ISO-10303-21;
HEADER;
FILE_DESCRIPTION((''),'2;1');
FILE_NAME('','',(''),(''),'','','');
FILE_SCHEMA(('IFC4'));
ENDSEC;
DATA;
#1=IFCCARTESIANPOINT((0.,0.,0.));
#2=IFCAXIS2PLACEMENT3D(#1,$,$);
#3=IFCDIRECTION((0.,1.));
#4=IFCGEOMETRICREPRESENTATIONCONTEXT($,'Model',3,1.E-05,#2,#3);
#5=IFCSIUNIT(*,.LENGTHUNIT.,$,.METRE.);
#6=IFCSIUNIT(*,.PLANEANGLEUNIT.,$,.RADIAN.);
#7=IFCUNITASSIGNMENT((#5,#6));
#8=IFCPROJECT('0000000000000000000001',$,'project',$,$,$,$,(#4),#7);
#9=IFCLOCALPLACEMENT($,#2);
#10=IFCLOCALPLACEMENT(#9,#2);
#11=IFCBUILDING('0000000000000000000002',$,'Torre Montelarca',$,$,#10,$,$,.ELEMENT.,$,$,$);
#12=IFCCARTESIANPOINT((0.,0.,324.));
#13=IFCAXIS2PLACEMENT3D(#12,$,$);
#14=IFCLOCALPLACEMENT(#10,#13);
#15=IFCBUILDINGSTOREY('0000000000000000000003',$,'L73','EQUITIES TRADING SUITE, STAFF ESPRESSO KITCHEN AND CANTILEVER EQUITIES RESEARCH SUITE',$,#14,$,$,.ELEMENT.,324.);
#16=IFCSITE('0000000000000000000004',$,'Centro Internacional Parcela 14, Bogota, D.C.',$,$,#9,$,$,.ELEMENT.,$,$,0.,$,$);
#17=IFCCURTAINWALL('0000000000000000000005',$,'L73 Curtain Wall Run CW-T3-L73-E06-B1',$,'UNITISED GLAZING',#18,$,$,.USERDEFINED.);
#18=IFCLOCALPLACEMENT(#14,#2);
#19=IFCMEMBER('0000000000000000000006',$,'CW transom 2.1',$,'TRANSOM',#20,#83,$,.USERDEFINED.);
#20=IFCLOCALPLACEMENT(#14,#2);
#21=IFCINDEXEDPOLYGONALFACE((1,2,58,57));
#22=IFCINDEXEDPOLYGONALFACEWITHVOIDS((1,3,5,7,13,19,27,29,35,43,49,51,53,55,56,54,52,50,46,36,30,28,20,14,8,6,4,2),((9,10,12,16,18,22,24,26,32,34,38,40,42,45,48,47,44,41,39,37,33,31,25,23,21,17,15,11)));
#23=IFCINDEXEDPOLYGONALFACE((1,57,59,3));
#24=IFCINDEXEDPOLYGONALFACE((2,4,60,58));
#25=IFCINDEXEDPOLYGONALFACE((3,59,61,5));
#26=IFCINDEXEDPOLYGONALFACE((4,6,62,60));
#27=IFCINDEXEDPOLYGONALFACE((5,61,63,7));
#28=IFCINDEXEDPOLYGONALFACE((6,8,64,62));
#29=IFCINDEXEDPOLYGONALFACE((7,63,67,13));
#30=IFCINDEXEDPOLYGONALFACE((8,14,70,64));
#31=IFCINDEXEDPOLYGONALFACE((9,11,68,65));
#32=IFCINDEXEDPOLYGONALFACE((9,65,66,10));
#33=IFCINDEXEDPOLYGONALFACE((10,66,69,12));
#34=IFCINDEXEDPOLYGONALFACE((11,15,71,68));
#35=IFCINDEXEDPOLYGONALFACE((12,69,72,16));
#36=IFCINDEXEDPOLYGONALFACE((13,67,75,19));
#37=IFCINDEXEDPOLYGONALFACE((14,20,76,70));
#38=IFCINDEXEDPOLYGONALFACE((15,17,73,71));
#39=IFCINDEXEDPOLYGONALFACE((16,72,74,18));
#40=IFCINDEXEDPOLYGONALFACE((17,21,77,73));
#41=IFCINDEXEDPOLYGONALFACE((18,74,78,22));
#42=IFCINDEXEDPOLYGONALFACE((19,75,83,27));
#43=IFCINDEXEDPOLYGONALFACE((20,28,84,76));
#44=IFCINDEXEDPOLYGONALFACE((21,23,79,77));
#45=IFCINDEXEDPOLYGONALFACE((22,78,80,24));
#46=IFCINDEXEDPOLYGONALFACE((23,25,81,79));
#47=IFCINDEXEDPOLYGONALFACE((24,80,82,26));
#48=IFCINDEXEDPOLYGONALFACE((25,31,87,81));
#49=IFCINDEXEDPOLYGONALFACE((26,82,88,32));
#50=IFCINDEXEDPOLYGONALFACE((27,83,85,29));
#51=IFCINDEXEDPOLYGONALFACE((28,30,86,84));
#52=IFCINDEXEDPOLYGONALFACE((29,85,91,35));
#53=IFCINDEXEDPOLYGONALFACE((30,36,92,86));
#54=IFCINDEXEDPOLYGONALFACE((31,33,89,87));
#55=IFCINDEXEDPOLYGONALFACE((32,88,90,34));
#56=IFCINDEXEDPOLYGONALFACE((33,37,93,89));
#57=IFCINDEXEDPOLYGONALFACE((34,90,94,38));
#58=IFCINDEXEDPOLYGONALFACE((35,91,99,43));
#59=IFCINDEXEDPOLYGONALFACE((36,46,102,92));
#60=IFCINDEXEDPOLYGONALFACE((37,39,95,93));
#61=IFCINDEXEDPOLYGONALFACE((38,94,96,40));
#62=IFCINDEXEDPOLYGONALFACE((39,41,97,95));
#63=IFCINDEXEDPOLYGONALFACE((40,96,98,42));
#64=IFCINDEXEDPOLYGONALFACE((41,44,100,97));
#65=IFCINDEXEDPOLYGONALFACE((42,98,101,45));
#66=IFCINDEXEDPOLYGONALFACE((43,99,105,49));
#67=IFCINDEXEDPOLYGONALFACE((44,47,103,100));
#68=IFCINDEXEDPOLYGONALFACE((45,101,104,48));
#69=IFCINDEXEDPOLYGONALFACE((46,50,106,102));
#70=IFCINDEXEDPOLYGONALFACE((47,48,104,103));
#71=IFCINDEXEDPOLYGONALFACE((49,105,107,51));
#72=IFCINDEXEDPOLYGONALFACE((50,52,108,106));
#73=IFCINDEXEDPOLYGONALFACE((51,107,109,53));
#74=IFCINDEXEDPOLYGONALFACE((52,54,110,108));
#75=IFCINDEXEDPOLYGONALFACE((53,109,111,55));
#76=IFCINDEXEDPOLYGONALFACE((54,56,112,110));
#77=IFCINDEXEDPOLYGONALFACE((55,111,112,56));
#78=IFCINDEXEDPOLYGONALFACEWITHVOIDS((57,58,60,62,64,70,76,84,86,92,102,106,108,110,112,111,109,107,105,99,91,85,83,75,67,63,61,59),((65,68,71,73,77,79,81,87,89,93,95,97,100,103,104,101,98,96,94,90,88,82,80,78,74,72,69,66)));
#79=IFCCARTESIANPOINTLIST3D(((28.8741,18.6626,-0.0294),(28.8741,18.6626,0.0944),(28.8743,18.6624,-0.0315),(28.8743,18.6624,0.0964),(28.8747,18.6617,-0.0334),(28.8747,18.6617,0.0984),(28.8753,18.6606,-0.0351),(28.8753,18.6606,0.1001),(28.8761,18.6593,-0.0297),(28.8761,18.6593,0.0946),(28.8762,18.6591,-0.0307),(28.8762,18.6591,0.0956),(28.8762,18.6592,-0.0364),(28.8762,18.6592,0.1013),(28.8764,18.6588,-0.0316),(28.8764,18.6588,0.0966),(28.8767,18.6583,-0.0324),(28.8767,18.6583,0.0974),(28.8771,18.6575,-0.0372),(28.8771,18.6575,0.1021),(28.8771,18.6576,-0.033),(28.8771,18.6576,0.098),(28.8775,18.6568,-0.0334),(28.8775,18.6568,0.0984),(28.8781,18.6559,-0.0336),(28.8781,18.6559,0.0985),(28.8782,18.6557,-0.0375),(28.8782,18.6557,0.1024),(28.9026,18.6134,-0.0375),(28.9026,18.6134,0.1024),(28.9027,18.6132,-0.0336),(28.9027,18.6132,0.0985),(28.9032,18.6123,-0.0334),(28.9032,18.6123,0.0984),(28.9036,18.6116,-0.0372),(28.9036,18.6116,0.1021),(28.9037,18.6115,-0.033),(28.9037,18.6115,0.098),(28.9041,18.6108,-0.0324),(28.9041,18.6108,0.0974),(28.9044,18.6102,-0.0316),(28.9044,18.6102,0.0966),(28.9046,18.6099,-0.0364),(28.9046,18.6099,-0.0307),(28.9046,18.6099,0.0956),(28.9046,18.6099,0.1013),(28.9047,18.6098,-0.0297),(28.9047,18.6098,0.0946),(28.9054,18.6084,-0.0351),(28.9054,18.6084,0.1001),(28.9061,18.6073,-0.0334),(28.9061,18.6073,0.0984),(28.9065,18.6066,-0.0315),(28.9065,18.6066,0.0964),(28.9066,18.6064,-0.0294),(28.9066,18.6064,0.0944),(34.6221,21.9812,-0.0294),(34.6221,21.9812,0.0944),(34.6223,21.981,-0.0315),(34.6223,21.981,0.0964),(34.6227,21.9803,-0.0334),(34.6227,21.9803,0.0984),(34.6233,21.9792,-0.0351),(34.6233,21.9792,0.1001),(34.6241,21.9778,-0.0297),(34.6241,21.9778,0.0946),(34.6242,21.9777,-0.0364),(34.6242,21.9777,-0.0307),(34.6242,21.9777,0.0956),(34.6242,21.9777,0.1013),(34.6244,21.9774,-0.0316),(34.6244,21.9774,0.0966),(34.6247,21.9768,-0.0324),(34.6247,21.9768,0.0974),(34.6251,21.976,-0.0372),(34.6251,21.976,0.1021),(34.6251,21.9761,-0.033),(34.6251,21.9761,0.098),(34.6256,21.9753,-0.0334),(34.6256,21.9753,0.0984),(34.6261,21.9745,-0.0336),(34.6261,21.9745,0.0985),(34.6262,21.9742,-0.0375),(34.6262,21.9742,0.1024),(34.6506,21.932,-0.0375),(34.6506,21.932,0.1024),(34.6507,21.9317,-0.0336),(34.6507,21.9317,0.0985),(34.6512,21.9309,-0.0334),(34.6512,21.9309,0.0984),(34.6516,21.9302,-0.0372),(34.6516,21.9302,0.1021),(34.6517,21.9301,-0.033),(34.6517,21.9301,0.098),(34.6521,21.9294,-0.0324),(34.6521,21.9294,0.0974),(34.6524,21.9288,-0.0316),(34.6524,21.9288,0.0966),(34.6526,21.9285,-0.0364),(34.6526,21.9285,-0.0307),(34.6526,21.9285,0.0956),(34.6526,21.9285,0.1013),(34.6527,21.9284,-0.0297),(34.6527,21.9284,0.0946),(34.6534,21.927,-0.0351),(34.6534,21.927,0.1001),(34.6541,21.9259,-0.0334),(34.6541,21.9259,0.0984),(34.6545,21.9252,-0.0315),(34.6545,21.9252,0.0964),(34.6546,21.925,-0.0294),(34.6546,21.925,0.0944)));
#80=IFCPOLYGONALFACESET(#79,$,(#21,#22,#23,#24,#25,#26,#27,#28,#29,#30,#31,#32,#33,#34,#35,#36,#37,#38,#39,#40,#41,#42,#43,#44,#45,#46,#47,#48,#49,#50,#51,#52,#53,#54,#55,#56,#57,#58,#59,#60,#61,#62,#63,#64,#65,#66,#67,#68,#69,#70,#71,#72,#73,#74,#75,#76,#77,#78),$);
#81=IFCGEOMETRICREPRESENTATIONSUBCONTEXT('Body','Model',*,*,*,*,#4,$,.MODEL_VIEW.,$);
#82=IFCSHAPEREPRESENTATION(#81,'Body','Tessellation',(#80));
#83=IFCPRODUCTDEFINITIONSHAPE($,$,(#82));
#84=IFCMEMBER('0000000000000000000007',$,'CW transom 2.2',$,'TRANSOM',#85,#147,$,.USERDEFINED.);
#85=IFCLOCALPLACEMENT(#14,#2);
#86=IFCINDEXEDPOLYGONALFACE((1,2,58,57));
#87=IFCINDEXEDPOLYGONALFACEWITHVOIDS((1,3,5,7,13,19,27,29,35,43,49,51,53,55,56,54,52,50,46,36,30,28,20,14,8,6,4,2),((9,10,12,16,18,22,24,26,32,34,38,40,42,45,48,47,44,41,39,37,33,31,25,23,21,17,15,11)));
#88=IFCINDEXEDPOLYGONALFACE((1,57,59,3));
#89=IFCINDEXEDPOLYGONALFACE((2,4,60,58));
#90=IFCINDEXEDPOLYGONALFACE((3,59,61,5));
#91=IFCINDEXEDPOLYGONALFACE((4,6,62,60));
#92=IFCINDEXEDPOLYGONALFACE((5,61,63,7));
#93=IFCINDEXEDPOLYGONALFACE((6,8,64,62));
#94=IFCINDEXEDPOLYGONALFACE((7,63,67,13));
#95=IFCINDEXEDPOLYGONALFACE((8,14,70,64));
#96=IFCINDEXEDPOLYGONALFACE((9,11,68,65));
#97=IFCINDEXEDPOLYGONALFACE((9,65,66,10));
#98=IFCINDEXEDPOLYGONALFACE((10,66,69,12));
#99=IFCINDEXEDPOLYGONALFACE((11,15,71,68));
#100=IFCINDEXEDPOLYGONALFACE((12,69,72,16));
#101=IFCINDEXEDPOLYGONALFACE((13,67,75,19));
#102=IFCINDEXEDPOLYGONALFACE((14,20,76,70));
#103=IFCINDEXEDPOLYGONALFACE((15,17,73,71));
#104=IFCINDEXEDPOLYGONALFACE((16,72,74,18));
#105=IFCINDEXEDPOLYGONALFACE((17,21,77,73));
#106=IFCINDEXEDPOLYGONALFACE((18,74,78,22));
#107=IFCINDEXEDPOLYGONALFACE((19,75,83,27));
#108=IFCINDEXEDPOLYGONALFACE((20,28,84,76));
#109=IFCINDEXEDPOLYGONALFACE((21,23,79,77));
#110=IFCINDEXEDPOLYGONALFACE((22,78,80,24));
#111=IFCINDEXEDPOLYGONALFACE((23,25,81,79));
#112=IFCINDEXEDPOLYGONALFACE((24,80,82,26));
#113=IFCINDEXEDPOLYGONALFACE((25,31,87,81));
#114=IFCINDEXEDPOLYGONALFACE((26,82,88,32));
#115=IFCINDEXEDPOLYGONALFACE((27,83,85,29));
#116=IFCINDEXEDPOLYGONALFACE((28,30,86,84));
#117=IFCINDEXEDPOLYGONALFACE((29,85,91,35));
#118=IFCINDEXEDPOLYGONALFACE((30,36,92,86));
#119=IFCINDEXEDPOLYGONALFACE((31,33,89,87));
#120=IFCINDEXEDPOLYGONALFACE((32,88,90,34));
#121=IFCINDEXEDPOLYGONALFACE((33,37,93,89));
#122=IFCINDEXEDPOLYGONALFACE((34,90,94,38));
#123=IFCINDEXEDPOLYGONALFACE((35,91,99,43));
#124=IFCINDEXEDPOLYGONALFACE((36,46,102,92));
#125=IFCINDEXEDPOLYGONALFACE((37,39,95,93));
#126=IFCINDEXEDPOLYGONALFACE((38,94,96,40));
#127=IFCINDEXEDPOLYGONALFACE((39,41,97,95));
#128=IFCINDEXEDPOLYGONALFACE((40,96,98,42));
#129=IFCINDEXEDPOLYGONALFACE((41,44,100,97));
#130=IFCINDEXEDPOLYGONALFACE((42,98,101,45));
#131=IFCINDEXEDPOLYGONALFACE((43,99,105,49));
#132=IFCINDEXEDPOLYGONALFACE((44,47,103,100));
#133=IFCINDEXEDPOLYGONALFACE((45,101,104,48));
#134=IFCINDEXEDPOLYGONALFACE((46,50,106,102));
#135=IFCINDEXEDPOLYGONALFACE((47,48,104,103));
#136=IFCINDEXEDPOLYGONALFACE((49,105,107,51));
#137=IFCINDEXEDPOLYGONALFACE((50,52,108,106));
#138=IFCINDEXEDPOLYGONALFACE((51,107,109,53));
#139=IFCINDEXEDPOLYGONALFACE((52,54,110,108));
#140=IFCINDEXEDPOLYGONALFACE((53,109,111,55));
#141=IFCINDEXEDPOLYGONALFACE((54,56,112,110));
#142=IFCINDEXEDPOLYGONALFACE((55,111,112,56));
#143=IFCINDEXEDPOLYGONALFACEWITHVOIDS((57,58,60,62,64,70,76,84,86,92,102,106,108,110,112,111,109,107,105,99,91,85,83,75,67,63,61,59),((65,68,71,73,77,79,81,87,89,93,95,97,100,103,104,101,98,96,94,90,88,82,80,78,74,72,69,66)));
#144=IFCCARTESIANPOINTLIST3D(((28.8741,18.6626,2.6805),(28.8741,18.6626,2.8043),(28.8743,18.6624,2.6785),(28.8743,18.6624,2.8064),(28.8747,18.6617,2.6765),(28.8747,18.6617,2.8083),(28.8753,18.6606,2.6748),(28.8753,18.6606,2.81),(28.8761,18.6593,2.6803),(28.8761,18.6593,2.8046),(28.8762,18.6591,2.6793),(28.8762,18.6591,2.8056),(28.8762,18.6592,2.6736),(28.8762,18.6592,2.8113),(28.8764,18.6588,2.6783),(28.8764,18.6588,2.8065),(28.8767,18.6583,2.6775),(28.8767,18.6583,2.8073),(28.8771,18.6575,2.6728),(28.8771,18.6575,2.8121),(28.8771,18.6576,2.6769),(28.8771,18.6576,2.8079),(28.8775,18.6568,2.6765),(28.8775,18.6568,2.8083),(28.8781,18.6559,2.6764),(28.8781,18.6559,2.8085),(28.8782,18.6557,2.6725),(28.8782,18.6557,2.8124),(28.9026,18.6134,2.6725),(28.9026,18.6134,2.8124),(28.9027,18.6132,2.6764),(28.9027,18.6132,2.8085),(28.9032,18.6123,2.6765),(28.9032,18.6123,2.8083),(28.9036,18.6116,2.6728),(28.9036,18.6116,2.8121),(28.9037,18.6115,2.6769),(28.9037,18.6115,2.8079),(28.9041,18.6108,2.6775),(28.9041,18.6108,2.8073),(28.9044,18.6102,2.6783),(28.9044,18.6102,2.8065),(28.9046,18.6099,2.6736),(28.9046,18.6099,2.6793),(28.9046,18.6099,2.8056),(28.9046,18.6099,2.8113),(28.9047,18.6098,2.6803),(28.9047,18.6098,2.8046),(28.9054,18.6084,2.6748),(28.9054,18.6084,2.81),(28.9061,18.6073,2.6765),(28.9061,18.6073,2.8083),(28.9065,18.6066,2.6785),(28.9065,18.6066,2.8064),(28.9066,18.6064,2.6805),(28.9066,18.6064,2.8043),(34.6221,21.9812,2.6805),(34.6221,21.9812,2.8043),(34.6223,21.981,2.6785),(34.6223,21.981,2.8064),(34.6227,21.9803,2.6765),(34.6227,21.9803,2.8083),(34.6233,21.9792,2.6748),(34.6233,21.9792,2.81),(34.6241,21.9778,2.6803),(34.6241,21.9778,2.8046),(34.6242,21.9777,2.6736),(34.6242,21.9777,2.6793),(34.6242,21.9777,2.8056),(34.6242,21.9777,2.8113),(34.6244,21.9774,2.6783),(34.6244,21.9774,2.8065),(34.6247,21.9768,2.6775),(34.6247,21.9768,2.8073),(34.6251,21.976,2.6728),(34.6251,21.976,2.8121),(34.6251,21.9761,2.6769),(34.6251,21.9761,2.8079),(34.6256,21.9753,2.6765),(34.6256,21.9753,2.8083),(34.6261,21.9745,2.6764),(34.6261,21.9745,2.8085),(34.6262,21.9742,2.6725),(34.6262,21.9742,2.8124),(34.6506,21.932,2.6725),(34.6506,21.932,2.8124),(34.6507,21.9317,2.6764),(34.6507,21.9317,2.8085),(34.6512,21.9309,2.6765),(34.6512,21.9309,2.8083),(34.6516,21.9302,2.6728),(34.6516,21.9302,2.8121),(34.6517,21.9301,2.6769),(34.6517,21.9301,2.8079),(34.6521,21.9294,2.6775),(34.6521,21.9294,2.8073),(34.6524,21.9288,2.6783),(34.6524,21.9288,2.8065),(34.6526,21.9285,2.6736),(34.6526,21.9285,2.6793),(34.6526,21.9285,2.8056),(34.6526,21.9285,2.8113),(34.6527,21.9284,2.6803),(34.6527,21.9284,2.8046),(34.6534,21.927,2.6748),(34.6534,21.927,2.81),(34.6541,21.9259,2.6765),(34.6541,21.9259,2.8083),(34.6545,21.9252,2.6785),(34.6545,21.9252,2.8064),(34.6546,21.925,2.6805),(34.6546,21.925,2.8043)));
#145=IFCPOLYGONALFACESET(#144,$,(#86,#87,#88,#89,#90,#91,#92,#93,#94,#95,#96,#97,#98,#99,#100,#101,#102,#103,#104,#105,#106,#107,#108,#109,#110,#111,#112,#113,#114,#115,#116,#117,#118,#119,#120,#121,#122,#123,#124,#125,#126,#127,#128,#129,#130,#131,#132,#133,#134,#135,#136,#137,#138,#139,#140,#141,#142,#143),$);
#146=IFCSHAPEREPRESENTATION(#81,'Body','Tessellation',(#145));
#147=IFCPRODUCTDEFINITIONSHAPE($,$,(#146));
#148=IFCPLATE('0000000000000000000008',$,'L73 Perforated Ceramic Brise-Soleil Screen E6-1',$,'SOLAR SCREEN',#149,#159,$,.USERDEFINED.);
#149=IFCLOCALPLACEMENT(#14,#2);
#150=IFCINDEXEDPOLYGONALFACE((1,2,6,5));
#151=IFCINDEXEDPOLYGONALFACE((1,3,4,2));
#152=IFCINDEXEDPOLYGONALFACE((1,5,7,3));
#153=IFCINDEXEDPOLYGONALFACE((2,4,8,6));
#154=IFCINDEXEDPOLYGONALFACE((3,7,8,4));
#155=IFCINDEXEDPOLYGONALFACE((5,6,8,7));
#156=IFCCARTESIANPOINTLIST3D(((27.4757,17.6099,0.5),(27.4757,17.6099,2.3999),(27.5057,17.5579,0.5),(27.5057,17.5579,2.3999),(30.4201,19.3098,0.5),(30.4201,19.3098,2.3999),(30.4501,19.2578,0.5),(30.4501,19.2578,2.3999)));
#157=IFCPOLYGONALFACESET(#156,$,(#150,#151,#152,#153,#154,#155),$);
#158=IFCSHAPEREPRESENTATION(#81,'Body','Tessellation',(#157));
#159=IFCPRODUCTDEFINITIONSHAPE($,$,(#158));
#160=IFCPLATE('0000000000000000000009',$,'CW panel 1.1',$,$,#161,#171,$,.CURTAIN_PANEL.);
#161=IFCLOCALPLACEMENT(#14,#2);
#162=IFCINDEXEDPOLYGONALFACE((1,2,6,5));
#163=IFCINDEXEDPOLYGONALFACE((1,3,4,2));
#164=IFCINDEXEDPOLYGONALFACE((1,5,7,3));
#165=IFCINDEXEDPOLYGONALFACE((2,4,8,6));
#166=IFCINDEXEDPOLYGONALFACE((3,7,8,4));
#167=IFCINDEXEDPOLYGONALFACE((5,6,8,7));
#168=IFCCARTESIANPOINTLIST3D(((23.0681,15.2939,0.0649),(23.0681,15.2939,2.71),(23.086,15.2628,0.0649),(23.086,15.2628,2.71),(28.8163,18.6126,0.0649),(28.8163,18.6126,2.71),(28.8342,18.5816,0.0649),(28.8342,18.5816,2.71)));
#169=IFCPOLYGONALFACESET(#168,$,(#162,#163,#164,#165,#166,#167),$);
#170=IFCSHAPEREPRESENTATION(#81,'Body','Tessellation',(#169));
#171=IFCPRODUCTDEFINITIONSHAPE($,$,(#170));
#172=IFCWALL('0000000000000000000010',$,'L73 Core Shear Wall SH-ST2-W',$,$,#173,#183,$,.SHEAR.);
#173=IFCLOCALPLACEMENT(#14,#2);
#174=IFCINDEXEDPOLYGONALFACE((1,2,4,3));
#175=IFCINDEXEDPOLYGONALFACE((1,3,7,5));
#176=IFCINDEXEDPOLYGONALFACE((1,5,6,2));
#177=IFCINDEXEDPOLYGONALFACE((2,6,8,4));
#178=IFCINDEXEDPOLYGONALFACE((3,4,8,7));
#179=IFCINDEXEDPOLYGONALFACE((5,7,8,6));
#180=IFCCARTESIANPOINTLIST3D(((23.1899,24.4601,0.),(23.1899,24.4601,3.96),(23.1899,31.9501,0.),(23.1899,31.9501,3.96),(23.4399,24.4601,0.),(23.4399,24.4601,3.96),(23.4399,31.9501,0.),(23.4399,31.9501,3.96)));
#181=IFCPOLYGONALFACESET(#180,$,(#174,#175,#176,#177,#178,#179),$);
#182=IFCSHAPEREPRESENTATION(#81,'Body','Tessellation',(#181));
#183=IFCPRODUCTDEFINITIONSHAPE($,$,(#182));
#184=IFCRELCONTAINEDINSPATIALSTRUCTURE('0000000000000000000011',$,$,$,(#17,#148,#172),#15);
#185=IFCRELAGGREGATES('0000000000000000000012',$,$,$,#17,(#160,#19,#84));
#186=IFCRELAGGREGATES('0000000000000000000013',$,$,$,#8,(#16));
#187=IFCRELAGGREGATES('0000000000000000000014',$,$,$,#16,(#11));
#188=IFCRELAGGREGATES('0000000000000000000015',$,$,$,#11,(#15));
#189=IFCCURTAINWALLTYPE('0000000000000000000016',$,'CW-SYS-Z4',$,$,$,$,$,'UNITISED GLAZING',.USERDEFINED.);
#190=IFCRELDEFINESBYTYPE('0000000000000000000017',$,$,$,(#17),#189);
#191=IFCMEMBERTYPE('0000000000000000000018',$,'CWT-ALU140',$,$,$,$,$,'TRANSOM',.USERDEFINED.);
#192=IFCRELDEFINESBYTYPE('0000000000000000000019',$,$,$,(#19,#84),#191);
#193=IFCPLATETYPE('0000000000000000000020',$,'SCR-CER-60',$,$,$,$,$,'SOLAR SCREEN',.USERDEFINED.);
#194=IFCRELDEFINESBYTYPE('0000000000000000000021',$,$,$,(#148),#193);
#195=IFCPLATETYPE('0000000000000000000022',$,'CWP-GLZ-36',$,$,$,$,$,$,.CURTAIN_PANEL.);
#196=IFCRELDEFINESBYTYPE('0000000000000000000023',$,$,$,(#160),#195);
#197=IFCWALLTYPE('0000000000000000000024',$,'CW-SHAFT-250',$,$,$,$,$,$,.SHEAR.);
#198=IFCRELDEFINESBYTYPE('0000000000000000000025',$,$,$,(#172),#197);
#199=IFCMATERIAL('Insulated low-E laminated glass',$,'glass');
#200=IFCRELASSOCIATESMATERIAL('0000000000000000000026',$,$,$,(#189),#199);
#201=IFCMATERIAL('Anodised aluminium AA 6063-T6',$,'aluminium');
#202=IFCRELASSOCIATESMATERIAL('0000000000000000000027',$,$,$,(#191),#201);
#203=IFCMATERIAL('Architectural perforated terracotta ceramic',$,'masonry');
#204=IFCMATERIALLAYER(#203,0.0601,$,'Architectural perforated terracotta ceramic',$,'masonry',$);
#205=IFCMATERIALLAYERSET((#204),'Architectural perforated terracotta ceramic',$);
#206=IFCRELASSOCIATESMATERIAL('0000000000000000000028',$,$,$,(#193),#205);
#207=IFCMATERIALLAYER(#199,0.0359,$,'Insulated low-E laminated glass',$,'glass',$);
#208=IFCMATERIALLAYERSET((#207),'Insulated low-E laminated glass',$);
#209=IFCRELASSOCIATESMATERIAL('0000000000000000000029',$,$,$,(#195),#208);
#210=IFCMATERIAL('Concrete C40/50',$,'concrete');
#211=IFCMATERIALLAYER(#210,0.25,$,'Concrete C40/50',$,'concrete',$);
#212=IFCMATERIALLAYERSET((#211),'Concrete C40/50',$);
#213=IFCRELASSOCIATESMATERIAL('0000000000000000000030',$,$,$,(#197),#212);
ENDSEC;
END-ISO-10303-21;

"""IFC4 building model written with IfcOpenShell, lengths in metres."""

from ifc_helpers import new_model, si_unit, direction, frame, frame_2d, origin, origin_2d, place, context, subcontext, project, spatial, rectangle, hollow_rectangle, extrude, source, transform, mapped, material, layer, layer_set, material_profile, profile_set, type_object, element, aggregate, save


model = new_model("IFC4")

# Units and contexts
model_context = context("Model", 3, precision=1e-05, world=origin(), true_north=direction((0.0, 1.0)))
body_context = subcontext(model_context, "Body", "Model", "MODEL_VIEW")
ifc_project = project(units=[si_unit("LENGTHUNIT", "METRE"), si_unit("PLANEANGLEUNIT", "RADIAN")], contexts=[model_context])

# Site, building, storey
site_placement = place(None, origin())
site = spatial("IfcSite", under=ifc_project, at=site_placement, Name="Centro Internacional Parcela 14, Bogota, D.C.", CompositionType="ELEMENT", RefElevation=0.0)
building_placement = place(site_placement, origin())
building = spatial("IfcBuilding", under=site, at=building_placement, Name="Torre Montelarca", CompositionType="ELEMENT")
storey_placement = place(building_placement, frame((0.0, 0.0, 324.0)))
storey = spatial("IfcBuildingStorey", under=building, at=storey_placement, Name="L73", Description="EQUITIES TRADING SUITE, STAFF ESPRESSO KITCHEN AND CANTILEVER EQUITIES RESEARCH SUITE", CompositionType="ELEMENT", Elevation=324.0)

# Curtain wall, members
ifc_material_1 = material(Name="Insulated low-E laminated glass", Category="glass")
curtain_wall_type = type_object("IfcCurtainWallType", Name="CW-SYS-Z4", ElementType="UNITISED GLAZING", PredefinedType="USERDEFINED", material=ifc_material_1)
curtain_wall_placement = place(storey_placement, origin())
curtain_wall = element("IfcCurtainWall", 1, at=curtain_wall_placement, inside=storey, type_object=curtain_wall_type, Name="L73 Curtain Wall Run CW-T3-L73-E06-B1", ObjectType="UNITISED GLAZING", PredefinedType="USERDEFINED")
ifc_material_2 = material(Name="Anodised aluminium AA 6063-T6", Category="aluminium")
ifc_material_profile_1 = material_profile(ifc_material_2, hollow_rectangle(XDim=0.0649, YDim=0.1399, WallThickness=0.0039, InnerFilletRadius=0.0039, OuterFilletRadius=0.0081, at=origin_2d()), Name="ALU65X140X4", Category="aluminium")
ifc_profile_set_1 = profile_set([ifc_material_profile_1], Name="Anodised aluminium AA 6063-T6")
member_type_1 = type_object("IfcMemberType", Name="CWT-ALU140", ElementType="TRANSOM", PredefinedType="USERDEFINED", material=ifc_profile_set_1)
shared_shape_1 = source(origin(), body_context, "Body", "SweptSolid", [
    extrude(hollow_rectangle(XDim=0.0649, YDim=0.1399, WallThickness=0.0039, InnerFilletRadius=0.0039, OuterFilletRadius=0.0081, at=origin_2d()), origin(), (0.0, 0.0, 1.0), 6.6372),
])
member_1_placement = place(storey_placement, frame((28.8904, 18.6345, 0.0325), z_axis=(0.866028, 0.499996, 0.0), x_axis=(-0.499996, 0.866028, 0.0)))
member_1 = element("IfcMember", 2, at=member_1_placement, type_object=member_type_1, Name="CW transom 2.1", ObjectType="TRANSOM", PredefinedType="USERDEFINED", context=body_context, shape_type="MappedRepresentation", body=[
    mapped(shared_shape_1, transform((0.0, 0.0, 0.0), scale=1.0)),
])
member_2_placement = place(storey_placement, frame((28.8904, 18.6345, 2.7424), z_axis=(0.866028, 0.499996, 0.0), x_axis=(-0.499996, 0.866028, 0.0)))
member_2 = element("IfcMember", 3, at=member_2_placement, type_object=member_type_1, Name="CW transom 2.2", ObjectType="TRANSOM", PredefinedType="USERDEFINED", context=body_context, shape_type="MappedRepresentation", body=[
    mapped(shared_shape_1, transform((0.0, 0.0, 0.0), scale=1.0)),
])

# Plates
ifc_material_3 = material(Name="Architectural perforated terracotta ceramic", Category="masonry")
ifc_layer_1 = layer(ifc_material_3, 0.0601, Name="Architectural perforated terracotta ceramic", Category="masonry")
ifc_layer_set_1 = layer_set([ifc_layer_1], Name="Architectural perforated terracotta ceramic")
plate_type_1 = type_object("IfcPlateType", Name="SCR-CER-60", ElementType="SOLAR SCREEN", PredefinedType="USERDEFINED", material=ifc_layer_set_1)
shared_shape_2 = source(origin(), body_context, "Body", "SweptSolid", [
    extrude(rectangle(XDim=3.3999, YDim=0.0601, at=origin_2d()), origin(), (0.0, 0.0, 1.0), 1.8999),
])
plate_1_placement = place(storey_placement, frame((28.9629, 18.4338, 0.5), z_axis=(0.0, 0.0, 1.0), x_axis=(0.866025, 0.5, 0.0)))
element("IfcPlate", 4, at=plate_1_placement, inside=storey, type_object=plate_type_1, Name="L73 Perforated Ceramic Brise-Soleil Screen E6-1", ObjectType="SOLAR SCREEN", PredefinedType="USERDEFINED", context=body_context, shape_type="MappedRepresentation", body=[
    mapped(shared_shape_2, transform((0.0, 0.0, 0.0), scale=1.0)),
])
ifc_layer_2 = layer(ifc_material_1, 0.0359, Name="Insulated low-E laminated glass", Category="glass")
ifc_layer_set_2 = layer_set([ifc_layer_2], Name="Insulated low-E laminated glass")
plate_type_2 = type_object("IfcPlateType", Name="CWP-GLZ-36", PredefinedType="CURTAIN_PANEL", material=ifc_layer_set_2)
shared_shape_3 = source(origin(), body_context, "Body", "SweptSolid", [
    extrude(rectangle(XDim=6.6375, YDim=0.0359, at=origin_2d()), origin(), (0.0, 0.0, 1.0), 2.645),
])
plate_2_placement = place(storey_placement, frame((25.9512, 16.9377, 0.0649), z_axis=(0.0, 0.0, 1.0), x_axis=(0.866026, 0.499999, 0.0)))
plate_2 = element("IfcPlate", 5, at=plate_2_placement, type_object=plate_type_2, Name="CW panel 1.1", PredefinedType="CURTAIN_PANEL", context=body_context, shape_type="MappedRepresentation", body=[
    mapped(shared_shape_3, transform((0.0, 0.0, 0.0), scale=1.0)),
])
aggregate(curtain_wall, [plate_2, member_1, member_2])

# Wall
ifc_material_4 = material(Name="Concrete C40/50", Category="concrete")
ifc_layer_3 = layer(ifc_material_4, 0.25, Name="Concrete C40/50", Category="concrete")
ifc_layer_set_3 = layer_set([ifc_layer_3], Name="Concrete C40/50")
wall_type_1 = type_object("IfcWallType", Name="CW-SHAFT-250", PredefinedType="SHEAR", material=ifc_layer_set_3)
wall_1_placement = place(storey_placement, frame((23.3149, 24.46, 0.0), z_axis=(0.0, 0.0, 1.0), x_axis=(0.0, 1.0, 0.0)))
element("IfcWall", 6, at=wall_1_placement, inside=storey, type_object=wall_type_1, Name="L73 Core Shear Wall SH-ST2-W", PredefinedType="SHEAR", context=body_context, shape_type="SweptSolid", body=[
    extrude(rectangle(XDim=7.49, YDim=0.25, at=frame_2d((3.7451, 0.0))), origin(), (0.0, 0.0, 1.0), 3.96),
])

save(model, "model.ifc")
